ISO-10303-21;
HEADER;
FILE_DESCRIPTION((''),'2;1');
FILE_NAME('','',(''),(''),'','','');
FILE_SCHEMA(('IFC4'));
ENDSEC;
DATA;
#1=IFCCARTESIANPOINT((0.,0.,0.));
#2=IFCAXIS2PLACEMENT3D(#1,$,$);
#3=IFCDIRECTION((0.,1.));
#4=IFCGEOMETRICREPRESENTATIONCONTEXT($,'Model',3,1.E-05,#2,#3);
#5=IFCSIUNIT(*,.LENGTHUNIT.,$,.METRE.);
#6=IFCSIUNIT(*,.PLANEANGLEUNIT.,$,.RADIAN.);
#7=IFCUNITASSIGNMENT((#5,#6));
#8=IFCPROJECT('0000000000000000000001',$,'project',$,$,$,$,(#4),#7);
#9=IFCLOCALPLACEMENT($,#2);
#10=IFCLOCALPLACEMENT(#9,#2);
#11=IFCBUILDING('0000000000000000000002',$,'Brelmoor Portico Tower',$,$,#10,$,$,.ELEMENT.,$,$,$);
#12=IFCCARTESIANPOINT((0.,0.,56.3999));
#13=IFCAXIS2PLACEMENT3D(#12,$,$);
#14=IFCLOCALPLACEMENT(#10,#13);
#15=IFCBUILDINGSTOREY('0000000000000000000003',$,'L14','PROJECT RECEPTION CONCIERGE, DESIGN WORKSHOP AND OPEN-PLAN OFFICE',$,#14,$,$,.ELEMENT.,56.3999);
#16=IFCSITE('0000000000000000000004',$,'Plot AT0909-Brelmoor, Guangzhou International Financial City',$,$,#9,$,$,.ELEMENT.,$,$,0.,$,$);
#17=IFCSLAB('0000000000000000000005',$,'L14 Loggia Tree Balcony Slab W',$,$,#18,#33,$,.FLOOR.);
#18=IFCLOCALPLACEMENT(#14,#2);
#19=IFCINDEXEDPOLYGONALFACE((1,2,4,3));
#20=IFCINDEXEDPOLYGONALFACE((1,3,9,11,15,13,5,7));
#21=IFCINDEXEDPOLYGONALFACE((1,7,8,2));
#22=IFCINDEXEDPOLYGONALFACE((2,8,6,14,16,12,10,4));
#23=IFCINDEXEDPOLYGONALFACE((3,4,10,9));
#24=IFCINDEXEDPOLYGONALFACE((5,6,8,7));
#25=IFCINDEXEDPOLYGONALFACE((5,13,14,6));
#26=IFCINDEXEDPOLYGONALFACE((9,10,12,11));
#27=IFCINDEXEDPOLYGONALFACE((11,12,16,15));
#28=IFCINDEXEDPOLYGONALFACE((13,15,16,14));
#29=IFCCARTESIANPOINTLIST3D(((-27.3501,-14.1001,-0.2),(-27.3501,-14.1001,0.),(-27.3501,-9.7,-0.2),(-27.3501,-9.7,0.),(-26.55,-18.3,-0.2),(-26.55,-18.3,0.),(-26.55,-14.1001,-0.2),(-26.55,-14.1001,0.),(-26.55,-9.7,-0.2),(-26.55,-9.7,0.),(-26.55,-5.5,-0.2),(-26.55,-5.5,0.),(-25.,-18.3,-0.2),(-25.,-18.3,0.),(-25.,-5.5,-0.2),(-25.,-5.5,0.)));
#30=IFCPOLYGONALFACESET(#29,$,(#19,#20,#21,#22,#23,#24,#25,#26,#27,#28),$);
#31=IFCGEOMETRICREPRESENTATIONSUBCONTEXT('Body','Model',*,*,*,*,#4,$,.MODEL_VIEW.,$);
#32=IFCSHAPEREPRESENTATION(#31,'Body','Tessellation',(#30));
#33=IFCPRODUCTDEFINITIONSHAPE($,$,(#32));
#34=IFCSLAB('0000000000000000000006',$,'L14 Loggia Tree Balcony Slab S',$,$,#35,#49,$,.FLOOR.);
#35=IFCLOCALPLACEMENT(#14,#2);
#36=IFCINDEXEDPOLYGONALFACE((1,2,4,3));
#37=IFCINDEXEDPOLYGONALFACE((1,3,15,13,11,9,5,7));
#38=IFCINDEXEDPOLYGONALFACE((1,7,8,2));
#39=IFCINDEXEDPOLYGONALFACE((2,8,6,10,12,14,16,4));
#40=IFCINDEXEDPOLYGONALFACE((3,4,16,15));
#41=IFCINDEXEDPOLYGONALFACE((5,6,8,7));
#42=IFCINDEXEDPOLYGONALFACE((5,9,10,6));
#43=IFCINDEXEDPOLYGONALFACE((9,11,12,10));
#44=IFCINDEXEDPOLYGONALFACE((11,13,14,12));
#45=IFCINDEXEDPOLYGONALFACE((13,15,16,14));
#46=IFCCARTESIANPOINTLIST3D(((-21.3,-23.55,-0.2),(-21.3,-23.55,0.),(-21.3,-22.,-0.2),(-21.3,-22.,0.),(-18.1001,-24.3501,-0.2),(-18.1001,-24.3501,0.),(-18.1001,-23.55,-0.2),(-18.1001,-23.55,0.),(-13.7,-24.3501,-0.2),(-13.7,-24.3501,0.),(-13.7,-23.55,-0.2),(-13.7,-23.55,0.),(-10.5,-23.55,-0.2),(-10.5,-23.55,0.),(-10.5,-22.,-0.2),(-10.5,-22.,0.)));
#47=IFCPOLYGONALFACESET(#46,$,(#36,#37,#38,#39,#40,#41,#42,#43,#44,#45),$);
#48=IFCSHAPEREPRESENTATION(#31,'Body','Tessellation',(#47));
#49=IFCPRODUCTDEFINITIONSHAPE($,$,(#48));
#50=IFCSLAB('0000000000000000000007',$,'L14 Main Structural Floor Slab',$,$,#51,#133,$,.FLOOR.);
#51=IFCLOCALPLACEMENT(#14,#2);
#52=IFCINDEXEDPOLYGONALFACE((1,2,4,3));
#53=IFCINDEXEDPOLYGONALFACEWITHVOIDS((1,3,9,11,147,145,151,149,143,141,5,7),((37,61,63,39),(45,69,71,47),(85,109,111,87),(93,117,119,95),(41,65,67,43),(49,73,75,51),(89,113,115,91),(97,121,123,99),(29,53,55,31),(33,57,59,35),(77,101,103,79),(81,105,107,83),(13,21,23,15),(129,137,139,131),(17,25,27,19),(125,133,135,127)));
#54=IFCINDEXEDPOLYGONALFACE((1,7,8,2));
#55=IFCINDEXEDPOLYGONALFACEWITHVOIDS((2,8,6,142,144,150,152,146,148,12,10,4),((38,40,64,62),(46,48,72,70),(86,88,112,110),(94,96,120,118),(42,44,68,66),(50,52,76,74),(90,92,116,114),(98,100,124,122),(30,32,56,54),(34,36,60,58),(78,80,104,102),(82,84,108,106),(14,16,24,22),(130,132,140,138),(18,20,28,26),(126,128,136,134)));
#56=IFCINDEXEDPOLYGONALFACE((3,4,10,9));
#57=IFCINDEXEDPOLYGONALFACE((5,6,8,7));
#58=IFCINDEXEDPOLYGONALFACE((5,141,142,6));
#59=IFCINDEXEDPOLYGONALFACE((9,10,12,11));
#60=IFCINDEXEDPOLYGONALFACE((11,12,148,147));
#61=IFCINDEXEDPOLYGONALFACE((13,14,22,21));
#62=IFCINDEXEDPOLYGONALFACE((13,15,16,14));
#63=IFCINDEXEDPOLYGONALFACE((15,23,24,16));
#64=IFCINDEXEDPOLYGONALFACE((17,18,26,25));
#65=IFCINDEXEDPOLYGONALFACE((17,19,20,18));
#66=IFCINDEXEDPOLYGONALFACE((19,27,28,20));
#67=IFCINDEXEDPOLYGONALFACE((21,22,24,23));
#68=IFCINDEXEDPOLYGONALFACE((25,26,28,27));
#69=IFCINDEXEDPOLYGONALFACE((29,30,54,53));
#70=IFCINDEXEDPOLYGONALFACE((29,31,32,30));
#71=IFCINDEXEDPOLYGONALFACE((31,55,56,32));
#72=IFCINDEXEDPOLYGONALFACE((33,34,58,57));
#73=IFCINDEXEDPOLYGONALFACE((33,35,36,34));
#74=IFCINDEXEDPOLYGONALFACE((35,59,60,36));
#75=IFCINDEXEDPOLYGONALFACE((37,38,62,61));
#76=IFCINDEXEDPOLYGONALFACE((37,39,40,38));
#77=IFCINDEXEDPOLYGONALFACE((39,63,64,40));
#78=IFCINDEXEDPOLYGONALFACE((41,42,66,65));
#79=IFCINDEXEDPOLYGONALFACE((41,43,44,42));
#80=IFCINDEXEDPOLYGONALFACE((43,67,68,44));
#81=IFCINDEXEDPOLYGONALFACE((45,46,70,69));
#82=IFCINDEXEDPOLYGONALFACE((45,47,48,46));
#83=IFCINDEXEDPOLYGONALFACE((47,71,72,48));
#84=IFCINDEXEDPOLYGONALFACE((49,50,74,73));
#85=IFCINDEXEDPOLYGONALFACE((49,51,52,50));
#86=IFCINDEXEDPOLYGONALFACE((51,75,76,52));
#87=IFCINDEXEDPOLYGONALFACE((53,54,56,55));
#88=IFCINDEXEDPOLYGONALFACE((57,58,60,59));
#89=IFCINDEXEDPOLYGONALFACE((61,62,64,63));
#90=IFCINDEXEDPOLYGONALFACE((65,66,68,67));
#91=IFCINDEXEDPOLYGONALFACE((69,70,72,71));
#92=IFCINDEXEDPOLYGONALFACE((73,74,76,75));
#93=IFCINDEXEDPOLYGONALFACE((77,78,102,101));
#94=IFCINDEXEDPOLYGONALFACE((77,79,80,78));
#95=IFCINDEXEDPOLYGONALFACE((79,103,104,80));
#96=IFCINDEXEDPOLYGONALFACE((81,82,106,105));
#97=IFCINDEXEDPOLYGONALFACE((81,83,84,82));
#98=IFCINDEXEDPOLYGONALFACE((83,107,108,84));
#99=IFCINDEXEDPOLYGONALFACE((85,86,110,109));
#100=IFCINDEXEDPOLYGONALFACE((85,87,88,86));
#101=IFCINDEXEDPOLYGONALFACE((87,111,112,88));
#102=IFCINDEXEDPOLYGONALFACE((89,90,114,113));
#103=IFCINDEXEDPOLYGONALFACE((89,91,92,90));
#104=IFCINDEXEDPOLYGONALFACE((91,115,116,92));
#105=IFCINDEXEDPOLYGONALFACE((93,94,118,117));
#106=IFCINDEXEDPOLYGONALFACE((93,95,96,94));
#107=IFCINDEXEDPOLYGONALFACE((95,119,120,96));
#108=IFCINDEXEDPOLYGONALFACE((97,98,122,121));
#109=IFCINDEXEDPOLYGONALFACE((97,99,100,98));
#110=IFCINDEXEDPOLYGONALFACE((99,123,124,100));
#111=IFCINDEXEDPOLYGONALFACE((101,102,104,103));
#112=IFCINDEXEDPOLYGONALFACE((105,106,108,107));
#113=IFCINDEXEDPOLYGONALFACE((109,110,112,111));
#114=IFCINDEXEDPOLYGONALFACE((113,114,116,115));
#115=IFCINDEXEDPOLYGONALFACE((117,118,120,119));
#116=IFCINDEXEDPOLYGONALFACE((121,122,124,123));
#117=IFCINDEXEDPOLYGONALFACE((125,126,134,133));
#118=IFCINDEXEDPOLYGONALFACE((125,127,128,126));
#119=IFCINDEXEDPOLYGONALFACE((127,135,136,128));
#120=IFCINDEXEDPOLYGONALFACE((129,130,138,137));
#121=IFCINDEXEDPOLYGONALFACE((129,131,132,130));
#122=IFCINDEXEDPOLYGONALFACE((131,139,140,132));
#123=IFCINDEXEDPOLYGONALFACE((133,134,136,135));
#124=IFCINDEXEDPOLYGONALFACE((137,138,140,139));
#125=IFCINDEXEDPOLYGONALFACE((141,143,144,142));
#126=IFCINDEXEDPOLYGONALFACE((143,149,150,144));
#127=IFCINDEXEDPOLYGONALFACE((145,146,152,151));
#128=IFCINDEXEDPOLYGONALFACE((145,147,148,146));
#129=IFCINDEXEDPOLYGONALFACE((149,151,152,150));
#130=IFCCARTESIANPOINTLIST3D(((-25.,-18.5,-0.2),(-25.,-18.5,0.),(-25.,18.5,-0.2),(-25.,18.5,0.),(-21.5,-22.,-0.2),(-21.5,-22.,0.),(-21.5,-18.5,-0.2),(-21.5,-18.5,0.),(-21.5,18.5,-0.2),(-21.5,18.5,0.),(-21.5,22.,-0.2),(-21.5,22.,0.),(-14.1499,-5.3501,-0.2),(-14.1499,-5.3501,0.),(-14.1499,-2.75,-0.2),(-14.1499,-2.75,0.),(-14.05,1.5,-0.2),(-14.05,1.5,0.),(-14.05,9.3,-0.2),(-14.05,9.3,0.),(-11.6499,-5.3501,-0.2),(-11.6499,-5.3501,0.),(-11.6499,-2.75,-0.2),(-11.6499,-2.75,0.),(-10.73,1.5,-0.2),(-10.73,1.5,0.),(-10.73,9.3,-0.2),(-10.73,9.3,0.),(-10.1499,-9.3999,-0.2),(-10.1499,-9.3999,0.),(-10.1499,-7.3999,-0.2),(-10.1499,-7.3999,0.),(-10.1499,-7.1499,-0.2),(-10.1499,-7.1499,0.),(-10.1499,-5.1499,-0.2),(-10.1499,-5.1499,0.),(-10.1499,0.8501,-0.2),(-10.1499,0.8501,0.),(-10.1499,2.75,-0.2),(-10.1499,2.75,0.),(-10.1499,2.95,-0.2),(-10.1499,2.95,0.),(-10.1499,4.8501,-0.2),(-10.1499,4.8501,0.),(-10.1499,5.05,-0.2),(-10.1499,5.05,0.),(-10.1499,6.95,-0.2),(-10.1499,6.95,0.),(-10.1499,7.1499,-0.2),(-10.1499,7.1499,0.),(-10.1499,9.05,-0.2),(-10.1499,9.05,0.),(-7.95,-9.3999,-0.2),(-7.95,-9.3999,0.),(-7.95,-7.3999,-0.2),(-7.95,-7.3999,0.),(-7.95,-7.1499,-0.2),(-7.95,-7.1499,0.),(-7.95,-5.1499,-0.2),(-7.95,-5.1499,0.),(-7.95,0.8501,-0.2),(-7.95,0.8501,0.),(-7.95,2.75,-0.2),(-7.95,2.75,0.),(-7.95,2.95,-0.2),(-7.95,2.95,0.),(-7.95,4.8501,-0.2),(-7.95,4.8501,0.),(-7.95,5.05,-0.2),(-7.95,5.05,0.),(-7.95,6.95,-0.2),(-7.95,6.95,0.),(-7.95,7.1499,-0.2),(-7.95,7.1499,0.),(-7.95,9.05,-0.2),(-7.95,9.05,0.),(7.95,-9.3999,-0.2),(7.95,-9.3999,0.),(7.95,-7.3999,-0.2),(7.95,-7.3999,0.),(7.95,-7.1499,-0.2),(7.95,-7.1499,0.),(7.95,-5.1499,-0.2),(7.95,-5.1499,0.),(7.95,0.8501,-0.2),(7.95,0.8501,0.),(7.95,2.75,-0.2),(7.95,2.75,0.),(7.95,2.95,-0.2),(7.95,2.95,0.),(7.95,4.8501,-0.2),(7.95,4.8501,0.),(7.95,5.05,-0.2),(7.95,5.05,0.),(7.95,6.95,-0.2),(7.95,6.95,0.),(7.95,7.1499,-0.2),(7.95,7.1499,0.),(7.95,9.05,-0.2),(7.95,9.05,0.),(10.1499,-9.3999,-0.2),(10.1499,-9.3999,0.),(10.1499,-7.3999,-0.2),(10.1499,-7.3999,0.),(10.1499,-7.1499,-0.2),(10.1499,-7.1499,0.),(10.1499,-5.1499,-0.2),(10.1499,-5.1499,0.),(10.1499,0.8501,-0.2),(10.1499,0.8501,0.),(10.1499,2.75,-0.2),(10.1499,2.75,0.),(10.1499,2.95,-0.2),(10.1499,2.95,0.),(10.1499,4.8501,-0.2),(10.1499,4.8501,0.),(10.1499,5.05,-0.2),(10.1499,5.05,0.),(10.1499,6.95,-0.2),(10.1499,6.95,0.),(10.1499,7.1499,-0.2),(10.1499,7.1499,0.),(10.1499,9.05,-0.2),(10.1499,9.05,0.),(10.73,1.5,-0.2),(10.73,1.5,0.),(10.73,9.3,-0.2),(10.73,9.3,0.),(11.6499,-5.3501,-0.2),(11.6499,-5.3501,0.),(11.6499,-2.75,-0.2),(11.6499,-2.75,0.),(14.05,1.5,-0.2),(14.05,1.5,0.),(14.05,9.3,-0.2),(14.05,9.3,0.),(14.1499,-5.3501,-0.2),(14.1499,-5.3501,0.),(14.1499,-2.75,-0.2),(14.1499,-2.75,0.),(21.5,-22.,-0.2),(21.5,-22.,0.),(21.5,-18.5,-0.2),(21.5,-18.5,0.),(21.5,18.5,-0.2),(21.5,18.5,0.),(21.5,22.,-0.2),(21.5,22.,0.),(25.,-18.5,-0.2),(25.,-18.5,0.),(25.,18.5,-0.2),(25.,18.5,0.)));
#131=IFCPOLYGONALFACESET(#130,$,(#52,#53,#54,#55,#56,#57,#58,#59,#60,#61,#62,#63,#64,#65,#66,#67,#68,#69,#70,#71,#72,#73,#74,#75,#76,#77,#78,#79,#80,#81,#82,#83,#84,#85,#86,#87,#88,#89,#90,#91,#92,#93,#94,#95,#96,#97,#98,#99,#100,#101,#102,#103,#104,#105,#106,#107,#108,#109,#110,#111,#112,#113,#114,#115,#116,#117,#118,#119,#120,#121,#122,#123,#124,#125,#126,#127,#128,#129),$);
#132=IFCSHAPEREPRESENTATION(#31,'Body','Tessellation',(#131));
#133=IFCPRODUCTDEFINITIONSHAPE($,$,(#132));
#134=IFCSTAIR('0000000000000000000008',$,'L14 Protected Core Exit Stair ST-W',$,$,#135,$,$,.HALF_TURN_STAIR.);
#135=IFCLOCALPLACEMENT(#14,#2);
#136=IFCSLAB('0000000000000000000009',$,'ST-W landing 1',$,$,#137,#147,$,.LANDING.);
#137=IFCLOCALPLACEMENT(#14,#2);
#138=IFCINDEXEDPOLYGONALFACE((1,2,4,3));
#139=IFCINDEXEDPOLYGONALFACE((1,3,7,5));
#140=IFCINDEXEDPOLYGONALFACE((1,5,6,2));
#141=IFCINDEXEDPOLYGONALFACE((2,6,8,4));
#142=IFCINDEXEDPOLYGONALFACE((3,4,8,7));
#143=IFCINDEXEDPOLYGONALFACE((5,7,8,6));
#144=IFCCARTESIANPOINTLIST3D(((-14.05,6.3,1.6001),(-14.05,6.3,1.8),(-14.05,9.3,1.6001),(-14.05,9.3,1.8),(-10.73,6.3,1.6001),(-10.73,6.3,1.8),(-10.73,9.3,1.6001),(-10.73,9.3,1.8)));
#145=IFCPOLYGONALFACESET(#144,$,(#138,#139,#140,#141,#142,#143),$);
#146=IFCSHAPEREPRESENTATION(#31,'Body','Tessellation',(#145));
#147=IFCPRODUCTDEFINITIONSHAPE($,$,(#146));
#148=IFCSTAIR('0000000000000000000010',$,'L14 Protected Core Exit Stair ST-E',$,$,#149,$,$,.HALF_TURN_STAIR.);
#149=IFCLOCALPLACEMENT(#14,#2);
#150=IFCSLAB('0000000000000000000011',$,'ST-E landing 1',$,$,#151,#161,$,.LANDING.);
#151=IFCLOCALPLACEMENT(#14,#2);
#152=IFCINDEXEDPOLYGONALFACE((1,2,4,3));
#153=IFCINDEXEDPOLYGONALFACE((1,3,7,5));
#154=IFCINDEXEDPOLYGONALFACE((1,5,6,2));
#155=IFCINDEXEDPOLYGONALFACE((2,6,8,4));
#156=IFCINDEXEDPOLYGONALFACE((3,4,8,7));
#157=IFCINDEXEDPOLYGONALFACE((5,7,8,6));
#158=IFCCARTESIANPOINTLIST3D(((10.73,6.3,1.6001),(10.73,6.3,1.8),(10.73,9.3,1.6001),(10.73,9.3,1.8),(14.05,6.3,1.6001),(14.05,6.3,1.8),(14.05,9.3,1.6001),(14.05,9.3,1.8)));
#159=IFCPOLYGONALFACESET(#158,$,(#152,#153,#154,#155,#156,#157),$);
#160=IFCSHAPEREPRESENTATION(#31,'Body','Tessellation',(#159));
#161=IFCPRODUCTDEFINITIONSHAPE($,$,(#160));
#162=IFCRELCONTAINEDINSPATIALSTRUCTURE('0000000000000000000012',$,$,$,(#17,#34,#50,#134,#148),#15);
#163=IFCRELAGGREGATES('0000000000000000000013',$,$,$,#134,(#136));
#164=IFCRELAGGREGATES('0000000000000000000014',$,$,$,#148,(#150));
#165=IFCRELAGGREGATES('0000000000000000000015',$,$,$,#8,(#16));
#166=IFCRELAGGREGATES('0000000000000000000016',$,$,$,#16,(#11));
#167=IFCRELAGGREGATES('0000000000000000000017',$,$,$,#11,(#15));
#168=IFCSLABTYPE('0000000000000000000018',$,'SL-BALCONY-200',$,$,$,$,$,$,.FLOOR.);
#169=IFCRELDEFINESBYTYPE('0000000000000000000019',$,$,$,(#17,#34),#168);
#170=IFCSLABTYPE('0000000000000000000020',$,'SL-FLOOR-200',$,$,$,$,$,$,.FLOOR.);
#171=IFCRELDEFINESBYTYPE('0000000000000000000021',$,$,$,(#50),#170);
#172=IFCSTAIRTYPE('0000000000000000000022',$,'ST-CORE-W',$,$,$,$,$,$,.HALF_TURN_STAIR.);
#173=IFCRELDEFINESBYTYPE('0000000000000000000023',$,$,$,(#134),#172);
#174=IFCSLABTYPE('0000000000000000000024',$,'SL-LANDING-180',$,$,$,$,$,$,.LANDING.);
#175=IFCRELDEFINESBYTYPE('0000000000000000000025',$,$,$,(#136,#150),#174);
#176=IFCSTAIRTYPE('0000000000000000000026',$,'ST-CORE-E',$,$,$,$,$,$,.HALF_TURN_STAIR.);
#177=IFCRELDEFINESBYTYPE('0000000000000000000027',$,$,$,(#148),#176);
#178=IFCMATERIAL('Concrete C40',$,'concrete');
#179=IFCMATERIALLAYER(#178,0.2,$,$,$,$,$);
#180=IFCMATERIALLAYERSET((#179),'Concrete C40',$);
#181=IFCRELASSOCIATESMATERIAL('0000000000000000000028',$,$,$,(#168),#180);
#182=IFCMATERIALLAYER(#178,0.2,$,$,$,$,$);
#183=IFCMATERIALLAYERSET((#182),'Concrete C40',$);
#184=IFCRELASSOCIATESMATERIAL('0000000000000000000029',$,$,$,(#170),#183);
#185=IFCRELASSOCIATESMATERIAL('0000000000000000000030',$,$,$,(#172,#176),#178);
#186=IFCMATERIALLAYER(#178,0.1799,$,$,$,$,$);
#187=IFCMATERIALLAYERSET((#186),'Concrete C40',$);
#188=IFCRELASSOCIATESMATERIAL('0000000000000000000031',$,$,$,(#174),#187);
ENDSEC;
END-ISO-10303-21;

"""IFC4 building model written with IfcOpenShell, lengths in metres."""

from ifc_helpers import new_model, si_unit, direction, frame, origin, place, context, subcontext, project, spatial, polyline, outline, extrude, material, layer, layer_set, type_object, element, aggregate, save


model = new_model("IFC4")

# Units and contexts
model_context = context("Model", 3, precision=1e-05, world=origin(), true_north=direction((0.0, 1.0)))
body_context = subcontext(model_context, "Body", "Model", "MODEL_VIEW")
ifc_project = project(units=[si_unit("LENGTHUNIT", "METRE"), si_unit("PLANEANGLEUNIT", "RADIAN")], contexts=[model_context])

# Site, building, storey
site_placement = place(None, origin())
site = spatial("IfcSite", under=ifc_project, at=site_placement, Name="Plot AT0909-Brelmoor, Guangzhou International Financial City", CompositionType="ELEMENT", RefElevation=0.0)
building_placement = place(site_placement, origin())
building = spatial("IfcBuilding", under=site, at=building_placement, Name="Brelmoor Portico Tower", CompositionType="ELEMENT")
storey_placement = place(building_placement, frame((0.0, 0.0, 56.3999)))
storey = spatial("IfcBuildingStorey", under=building, at=storey_placement, Name="L14", Description="PROJECT RECEPTION CONCIERGE, DESIGN WORKSHOP AND OPEN-PLAN OFFICE", CompositionType="ELEMENT", Elevation=56.3999)

# Slabs
ifc_material_1 = material(Name="Concrete C40", Category="concrete")
ifc_layer_1 = layer(ifc_material_1, 0.2)
ifc_layer_set_1 = layer_set([ifc_layer_1], Name="Concrete C40")
slab_type_1 = type_object("IfcSlabType", Name="SL-BALCONY-200", PredefinedType="FLOOR", material=ifc_layer_set_1)
slab_1_placement = place(storey_placement, frame((0.0, 0.0, -0.2)))
element("IfcSlab", 1, at=slab_1_placement, inside=storey, type_object=slab_type_1, Name="L14 Loggia Tree Balcony Slab W", PredefinedType="FLOOR", context=body_context, shape_type="SweptSolid", body=[
    extrude(outline(polyline([(-26.55, -18.3), (-25.0, -18.3), (-25.0, -5.5), (-26.55, -5.5), (-26.55, -9.7), (-27.3501, -9.7), (-27.3501, -14.1001), (-26.55, -14.1001), (-26.55, -18.3)])), origin(), (0.0, 0.0, 1.0), 0.2),
])
slab_2_placement = place(storey_placement, frame((0.0, 0.0, -0.2)))
element("IfcSlab", 2, at=slab_2_placement, inside=storey, type_object=slab_type_1, Name="L14 Loggia Tree Balcony Slab S", PredefinedType="FLOOR", context=body_context, shape_type="SweptSolid", body=[
    extrude(outline(polyline([(-21.3, -23.55), (-18.1001, -23.55), (-18.1001, -24.3501), (-13.7, -24.3501), (-13.7, -23.55), (-10.5, -23.55), (-10.5, -22.0), (-21.3, -22.0), (-21.3, -23.55)])), origin(), (0.0, 0.0, 1.0), 0.2),
])
ifc_layer_2 = layer(ifc_material_1, 0.2)
ifc_layer_set_2 = layer_set([ifc_layer_2], Name="Concrete C40")
slab_type_2 = type_object("IfcSlabType", Name="SL-FLOOR-200", PredefinedType="FLOOR", material=ifc_layer_set_2)
slab_3_placement = place(storey_placement, frame((0.0, 0.0, -0.2)))
element("IfcSlab", 3, at=slab_3_placement, inside=storey, type_object=slab_type_2, Name="L14 Main Structural Floor Slab", PredefinedType="FLOOR", context=body_context, shape_type="SweptSolid", body=[
    extrude(outline(polyline([(-21.5, -22.0), (21.5, -22.0), (21.5, -18.5), (25.0, -18.5), (25.0, 18.5), (21.5, 18.5), (21.5, 22.0), (-21.5, 22.0), (-21.5, 18.5), (-25.0, 18.5), (-25.0, -18.5), (-21.5, -18.5), (-21.5, -22.0)]), holes=[polyline([(-10.73, 1.5), (-10.73, 9.3), (-14.05, 9.3), (-14.05, 1.5), (-10.73, 1.5)]), polyline([(14.05, 1.5), (14.05, 9.3), (10.73, 9.3), (10.73, 1.5), (14.05, 1.5)]), polyline([(-10.1499, 0.8501), (-7.95, 0.8501), (-7.95, 2.75), (-10.1499, 2.75), (-10.1499, 0.8501)]), polyline([(-10.1499, 2.95), (-7.95, 2.95), (-7.95, 4.8501), (-10.1499, 4.8501), (-10.1499, 2.95)]), polyline([(-10.1499, 5.05), (-7.95, 5.05), (-7.95, 6.95), (-10.1499, 6.95), (-10.1499, 5.05)]), polyline([(-10.1499, 7.1499), (-7.95, 7.1499), (-7.95, 9.05), (-10.1499, 9.05), (-10.1499, 7.1499)]), polyline([(7.95, 0.8501), (10.1499, 0.8501), (10.1499, 2.75), (7.95, 2.75), (7.95, 0.8501)]), polyline([(7.95, 2.95), (10.1499, 2.95), (10.1499, 4.8501), (7.95, 4.8501), (7.95, 2.95)]), polyline([(7.95, 5.05), (10.1499, 5.05), (10.1499, 6.95), (7.95, 6.95), (7.95, 5.05)]), polyline([(7.95, 7.1499), (10.1499, 7.1499), (10.1499, 9.05), (7.95, 9.05), (7.95, 7.1499)]), polyline([(-10.1499, -9.3999), (-7.95, -9.3999), (-7.95, -7.3999), (-10.1499, -7.3999), (-10.1499, -9.3999)]), polyline([(-10.1499, -7.1499), (-7.95, -7.1499), (-7.95, -5.1499), (-10.1499, -5.1499), (-10.1499, -7.1499)]), polyline([(7.95, -9.3999), (10.1499, -9.3999), (10.1499, -7.3999), (7.95, -7.3999), (7.95, -9.3999)]), polyline([(7.95, -7.1499), (10.1499, -7.1499), (10.1499, -5.1499), (7.95, -5.1499), (7.95, -7.1499)]), polyline([(-14.1499, -5.3501), (-11.6499, -5.3501), (-11.6499, -2.75), (-14.1499, -2.75), (-14.1499, -5.3501)]), polyline([(11.6499, -5.3501), (14.1499, -5.3501), (14.1499, -2.75), (11.6499, -2.75), (11.6499, -5.3501)])]), origin(), (0.0, 0.0, 1.0), 0.2),
])

# Stairs, slabs
stair_type_1 = type_object("IfcStairType", Name="ST-CORE-W", PredefinedType="HALF_TURN_STAIR", material=ifc_material_1)
stair_1_placement = place(storey_placement, origin())
stair_1 = element("IfcStair", 4, at=stair_1_placement, inside=storey, type_object=stair_type_1, Name="L14 Protected Core Exit Stair ST-W", PredefinedType="HALF_TURN_STAIR")
ifc_layer_3 = layer(ifc_material_1, 0.1799)
ifc_layer_set_3 = layer_set([ifc_layer_3], Name="Concrete C40")
slab_type_3 = type_object("IfcSlabType", Name="SL-LANDING-180", PredefinedType="LANDING", material=ifc_layer_set_3)
slab_4_placement = place(storey_placement, frame((0.0, 0.0, 1.6001)))
slab_4 = element("IfcSlab", 5, at=slab_4_placement, type_object=slab_type_3, Name="ST-W landing 1", PredefinedType="LANDING", context=body_context, shape_type="SweptSolid", body=[
    extrude(outline(polyline([(-10.73, 6.3), (-10.73, 9.3), (-14.05, 9.3), (-14.05, 6.3), (-10.73, 6.3)])), origin(), (0.0, 0.0, 1.0), 0.2),
])
aggregate(stair_1, [slab_4])
stair_type_2 = type_object("IfcStairType", Name="ST-CORE-E", PredefinedType="HALF_TURN_STAIR", material=ifc_material_1)
stair_2_placement = place(storey_placement, origin())
stair_2 = element("IfcStair", 6, at=stair_2_placement, inside=storey, type_object=stair_type_2, Name="L14 Protected Core Exit Stair ST-E", PredefinedType="HALF_TURN_STAIR")
slab_5_placement = place(storey_placement, frame((0.0, 0.0, 1.6001)))
slab_5 = element("IfcSlab", 7, at=slab_5_placement, type_object=slab_type_3, Name="ST-E landing 1", PredefinedType="LANDING", context=body_context, shape_type="SweptSolid", body=[
    extrude(outline(polyline([(14.05, 6.3), (14.05, 9.3), (10.73, 9.3), (10.73, 6.3), (14.05, 6.3)])), origin(), (0.0, 0.0, 1.0), 0.2),
])
aggregate(stair_2, [slab_5])

save(model, "model.ifc")
